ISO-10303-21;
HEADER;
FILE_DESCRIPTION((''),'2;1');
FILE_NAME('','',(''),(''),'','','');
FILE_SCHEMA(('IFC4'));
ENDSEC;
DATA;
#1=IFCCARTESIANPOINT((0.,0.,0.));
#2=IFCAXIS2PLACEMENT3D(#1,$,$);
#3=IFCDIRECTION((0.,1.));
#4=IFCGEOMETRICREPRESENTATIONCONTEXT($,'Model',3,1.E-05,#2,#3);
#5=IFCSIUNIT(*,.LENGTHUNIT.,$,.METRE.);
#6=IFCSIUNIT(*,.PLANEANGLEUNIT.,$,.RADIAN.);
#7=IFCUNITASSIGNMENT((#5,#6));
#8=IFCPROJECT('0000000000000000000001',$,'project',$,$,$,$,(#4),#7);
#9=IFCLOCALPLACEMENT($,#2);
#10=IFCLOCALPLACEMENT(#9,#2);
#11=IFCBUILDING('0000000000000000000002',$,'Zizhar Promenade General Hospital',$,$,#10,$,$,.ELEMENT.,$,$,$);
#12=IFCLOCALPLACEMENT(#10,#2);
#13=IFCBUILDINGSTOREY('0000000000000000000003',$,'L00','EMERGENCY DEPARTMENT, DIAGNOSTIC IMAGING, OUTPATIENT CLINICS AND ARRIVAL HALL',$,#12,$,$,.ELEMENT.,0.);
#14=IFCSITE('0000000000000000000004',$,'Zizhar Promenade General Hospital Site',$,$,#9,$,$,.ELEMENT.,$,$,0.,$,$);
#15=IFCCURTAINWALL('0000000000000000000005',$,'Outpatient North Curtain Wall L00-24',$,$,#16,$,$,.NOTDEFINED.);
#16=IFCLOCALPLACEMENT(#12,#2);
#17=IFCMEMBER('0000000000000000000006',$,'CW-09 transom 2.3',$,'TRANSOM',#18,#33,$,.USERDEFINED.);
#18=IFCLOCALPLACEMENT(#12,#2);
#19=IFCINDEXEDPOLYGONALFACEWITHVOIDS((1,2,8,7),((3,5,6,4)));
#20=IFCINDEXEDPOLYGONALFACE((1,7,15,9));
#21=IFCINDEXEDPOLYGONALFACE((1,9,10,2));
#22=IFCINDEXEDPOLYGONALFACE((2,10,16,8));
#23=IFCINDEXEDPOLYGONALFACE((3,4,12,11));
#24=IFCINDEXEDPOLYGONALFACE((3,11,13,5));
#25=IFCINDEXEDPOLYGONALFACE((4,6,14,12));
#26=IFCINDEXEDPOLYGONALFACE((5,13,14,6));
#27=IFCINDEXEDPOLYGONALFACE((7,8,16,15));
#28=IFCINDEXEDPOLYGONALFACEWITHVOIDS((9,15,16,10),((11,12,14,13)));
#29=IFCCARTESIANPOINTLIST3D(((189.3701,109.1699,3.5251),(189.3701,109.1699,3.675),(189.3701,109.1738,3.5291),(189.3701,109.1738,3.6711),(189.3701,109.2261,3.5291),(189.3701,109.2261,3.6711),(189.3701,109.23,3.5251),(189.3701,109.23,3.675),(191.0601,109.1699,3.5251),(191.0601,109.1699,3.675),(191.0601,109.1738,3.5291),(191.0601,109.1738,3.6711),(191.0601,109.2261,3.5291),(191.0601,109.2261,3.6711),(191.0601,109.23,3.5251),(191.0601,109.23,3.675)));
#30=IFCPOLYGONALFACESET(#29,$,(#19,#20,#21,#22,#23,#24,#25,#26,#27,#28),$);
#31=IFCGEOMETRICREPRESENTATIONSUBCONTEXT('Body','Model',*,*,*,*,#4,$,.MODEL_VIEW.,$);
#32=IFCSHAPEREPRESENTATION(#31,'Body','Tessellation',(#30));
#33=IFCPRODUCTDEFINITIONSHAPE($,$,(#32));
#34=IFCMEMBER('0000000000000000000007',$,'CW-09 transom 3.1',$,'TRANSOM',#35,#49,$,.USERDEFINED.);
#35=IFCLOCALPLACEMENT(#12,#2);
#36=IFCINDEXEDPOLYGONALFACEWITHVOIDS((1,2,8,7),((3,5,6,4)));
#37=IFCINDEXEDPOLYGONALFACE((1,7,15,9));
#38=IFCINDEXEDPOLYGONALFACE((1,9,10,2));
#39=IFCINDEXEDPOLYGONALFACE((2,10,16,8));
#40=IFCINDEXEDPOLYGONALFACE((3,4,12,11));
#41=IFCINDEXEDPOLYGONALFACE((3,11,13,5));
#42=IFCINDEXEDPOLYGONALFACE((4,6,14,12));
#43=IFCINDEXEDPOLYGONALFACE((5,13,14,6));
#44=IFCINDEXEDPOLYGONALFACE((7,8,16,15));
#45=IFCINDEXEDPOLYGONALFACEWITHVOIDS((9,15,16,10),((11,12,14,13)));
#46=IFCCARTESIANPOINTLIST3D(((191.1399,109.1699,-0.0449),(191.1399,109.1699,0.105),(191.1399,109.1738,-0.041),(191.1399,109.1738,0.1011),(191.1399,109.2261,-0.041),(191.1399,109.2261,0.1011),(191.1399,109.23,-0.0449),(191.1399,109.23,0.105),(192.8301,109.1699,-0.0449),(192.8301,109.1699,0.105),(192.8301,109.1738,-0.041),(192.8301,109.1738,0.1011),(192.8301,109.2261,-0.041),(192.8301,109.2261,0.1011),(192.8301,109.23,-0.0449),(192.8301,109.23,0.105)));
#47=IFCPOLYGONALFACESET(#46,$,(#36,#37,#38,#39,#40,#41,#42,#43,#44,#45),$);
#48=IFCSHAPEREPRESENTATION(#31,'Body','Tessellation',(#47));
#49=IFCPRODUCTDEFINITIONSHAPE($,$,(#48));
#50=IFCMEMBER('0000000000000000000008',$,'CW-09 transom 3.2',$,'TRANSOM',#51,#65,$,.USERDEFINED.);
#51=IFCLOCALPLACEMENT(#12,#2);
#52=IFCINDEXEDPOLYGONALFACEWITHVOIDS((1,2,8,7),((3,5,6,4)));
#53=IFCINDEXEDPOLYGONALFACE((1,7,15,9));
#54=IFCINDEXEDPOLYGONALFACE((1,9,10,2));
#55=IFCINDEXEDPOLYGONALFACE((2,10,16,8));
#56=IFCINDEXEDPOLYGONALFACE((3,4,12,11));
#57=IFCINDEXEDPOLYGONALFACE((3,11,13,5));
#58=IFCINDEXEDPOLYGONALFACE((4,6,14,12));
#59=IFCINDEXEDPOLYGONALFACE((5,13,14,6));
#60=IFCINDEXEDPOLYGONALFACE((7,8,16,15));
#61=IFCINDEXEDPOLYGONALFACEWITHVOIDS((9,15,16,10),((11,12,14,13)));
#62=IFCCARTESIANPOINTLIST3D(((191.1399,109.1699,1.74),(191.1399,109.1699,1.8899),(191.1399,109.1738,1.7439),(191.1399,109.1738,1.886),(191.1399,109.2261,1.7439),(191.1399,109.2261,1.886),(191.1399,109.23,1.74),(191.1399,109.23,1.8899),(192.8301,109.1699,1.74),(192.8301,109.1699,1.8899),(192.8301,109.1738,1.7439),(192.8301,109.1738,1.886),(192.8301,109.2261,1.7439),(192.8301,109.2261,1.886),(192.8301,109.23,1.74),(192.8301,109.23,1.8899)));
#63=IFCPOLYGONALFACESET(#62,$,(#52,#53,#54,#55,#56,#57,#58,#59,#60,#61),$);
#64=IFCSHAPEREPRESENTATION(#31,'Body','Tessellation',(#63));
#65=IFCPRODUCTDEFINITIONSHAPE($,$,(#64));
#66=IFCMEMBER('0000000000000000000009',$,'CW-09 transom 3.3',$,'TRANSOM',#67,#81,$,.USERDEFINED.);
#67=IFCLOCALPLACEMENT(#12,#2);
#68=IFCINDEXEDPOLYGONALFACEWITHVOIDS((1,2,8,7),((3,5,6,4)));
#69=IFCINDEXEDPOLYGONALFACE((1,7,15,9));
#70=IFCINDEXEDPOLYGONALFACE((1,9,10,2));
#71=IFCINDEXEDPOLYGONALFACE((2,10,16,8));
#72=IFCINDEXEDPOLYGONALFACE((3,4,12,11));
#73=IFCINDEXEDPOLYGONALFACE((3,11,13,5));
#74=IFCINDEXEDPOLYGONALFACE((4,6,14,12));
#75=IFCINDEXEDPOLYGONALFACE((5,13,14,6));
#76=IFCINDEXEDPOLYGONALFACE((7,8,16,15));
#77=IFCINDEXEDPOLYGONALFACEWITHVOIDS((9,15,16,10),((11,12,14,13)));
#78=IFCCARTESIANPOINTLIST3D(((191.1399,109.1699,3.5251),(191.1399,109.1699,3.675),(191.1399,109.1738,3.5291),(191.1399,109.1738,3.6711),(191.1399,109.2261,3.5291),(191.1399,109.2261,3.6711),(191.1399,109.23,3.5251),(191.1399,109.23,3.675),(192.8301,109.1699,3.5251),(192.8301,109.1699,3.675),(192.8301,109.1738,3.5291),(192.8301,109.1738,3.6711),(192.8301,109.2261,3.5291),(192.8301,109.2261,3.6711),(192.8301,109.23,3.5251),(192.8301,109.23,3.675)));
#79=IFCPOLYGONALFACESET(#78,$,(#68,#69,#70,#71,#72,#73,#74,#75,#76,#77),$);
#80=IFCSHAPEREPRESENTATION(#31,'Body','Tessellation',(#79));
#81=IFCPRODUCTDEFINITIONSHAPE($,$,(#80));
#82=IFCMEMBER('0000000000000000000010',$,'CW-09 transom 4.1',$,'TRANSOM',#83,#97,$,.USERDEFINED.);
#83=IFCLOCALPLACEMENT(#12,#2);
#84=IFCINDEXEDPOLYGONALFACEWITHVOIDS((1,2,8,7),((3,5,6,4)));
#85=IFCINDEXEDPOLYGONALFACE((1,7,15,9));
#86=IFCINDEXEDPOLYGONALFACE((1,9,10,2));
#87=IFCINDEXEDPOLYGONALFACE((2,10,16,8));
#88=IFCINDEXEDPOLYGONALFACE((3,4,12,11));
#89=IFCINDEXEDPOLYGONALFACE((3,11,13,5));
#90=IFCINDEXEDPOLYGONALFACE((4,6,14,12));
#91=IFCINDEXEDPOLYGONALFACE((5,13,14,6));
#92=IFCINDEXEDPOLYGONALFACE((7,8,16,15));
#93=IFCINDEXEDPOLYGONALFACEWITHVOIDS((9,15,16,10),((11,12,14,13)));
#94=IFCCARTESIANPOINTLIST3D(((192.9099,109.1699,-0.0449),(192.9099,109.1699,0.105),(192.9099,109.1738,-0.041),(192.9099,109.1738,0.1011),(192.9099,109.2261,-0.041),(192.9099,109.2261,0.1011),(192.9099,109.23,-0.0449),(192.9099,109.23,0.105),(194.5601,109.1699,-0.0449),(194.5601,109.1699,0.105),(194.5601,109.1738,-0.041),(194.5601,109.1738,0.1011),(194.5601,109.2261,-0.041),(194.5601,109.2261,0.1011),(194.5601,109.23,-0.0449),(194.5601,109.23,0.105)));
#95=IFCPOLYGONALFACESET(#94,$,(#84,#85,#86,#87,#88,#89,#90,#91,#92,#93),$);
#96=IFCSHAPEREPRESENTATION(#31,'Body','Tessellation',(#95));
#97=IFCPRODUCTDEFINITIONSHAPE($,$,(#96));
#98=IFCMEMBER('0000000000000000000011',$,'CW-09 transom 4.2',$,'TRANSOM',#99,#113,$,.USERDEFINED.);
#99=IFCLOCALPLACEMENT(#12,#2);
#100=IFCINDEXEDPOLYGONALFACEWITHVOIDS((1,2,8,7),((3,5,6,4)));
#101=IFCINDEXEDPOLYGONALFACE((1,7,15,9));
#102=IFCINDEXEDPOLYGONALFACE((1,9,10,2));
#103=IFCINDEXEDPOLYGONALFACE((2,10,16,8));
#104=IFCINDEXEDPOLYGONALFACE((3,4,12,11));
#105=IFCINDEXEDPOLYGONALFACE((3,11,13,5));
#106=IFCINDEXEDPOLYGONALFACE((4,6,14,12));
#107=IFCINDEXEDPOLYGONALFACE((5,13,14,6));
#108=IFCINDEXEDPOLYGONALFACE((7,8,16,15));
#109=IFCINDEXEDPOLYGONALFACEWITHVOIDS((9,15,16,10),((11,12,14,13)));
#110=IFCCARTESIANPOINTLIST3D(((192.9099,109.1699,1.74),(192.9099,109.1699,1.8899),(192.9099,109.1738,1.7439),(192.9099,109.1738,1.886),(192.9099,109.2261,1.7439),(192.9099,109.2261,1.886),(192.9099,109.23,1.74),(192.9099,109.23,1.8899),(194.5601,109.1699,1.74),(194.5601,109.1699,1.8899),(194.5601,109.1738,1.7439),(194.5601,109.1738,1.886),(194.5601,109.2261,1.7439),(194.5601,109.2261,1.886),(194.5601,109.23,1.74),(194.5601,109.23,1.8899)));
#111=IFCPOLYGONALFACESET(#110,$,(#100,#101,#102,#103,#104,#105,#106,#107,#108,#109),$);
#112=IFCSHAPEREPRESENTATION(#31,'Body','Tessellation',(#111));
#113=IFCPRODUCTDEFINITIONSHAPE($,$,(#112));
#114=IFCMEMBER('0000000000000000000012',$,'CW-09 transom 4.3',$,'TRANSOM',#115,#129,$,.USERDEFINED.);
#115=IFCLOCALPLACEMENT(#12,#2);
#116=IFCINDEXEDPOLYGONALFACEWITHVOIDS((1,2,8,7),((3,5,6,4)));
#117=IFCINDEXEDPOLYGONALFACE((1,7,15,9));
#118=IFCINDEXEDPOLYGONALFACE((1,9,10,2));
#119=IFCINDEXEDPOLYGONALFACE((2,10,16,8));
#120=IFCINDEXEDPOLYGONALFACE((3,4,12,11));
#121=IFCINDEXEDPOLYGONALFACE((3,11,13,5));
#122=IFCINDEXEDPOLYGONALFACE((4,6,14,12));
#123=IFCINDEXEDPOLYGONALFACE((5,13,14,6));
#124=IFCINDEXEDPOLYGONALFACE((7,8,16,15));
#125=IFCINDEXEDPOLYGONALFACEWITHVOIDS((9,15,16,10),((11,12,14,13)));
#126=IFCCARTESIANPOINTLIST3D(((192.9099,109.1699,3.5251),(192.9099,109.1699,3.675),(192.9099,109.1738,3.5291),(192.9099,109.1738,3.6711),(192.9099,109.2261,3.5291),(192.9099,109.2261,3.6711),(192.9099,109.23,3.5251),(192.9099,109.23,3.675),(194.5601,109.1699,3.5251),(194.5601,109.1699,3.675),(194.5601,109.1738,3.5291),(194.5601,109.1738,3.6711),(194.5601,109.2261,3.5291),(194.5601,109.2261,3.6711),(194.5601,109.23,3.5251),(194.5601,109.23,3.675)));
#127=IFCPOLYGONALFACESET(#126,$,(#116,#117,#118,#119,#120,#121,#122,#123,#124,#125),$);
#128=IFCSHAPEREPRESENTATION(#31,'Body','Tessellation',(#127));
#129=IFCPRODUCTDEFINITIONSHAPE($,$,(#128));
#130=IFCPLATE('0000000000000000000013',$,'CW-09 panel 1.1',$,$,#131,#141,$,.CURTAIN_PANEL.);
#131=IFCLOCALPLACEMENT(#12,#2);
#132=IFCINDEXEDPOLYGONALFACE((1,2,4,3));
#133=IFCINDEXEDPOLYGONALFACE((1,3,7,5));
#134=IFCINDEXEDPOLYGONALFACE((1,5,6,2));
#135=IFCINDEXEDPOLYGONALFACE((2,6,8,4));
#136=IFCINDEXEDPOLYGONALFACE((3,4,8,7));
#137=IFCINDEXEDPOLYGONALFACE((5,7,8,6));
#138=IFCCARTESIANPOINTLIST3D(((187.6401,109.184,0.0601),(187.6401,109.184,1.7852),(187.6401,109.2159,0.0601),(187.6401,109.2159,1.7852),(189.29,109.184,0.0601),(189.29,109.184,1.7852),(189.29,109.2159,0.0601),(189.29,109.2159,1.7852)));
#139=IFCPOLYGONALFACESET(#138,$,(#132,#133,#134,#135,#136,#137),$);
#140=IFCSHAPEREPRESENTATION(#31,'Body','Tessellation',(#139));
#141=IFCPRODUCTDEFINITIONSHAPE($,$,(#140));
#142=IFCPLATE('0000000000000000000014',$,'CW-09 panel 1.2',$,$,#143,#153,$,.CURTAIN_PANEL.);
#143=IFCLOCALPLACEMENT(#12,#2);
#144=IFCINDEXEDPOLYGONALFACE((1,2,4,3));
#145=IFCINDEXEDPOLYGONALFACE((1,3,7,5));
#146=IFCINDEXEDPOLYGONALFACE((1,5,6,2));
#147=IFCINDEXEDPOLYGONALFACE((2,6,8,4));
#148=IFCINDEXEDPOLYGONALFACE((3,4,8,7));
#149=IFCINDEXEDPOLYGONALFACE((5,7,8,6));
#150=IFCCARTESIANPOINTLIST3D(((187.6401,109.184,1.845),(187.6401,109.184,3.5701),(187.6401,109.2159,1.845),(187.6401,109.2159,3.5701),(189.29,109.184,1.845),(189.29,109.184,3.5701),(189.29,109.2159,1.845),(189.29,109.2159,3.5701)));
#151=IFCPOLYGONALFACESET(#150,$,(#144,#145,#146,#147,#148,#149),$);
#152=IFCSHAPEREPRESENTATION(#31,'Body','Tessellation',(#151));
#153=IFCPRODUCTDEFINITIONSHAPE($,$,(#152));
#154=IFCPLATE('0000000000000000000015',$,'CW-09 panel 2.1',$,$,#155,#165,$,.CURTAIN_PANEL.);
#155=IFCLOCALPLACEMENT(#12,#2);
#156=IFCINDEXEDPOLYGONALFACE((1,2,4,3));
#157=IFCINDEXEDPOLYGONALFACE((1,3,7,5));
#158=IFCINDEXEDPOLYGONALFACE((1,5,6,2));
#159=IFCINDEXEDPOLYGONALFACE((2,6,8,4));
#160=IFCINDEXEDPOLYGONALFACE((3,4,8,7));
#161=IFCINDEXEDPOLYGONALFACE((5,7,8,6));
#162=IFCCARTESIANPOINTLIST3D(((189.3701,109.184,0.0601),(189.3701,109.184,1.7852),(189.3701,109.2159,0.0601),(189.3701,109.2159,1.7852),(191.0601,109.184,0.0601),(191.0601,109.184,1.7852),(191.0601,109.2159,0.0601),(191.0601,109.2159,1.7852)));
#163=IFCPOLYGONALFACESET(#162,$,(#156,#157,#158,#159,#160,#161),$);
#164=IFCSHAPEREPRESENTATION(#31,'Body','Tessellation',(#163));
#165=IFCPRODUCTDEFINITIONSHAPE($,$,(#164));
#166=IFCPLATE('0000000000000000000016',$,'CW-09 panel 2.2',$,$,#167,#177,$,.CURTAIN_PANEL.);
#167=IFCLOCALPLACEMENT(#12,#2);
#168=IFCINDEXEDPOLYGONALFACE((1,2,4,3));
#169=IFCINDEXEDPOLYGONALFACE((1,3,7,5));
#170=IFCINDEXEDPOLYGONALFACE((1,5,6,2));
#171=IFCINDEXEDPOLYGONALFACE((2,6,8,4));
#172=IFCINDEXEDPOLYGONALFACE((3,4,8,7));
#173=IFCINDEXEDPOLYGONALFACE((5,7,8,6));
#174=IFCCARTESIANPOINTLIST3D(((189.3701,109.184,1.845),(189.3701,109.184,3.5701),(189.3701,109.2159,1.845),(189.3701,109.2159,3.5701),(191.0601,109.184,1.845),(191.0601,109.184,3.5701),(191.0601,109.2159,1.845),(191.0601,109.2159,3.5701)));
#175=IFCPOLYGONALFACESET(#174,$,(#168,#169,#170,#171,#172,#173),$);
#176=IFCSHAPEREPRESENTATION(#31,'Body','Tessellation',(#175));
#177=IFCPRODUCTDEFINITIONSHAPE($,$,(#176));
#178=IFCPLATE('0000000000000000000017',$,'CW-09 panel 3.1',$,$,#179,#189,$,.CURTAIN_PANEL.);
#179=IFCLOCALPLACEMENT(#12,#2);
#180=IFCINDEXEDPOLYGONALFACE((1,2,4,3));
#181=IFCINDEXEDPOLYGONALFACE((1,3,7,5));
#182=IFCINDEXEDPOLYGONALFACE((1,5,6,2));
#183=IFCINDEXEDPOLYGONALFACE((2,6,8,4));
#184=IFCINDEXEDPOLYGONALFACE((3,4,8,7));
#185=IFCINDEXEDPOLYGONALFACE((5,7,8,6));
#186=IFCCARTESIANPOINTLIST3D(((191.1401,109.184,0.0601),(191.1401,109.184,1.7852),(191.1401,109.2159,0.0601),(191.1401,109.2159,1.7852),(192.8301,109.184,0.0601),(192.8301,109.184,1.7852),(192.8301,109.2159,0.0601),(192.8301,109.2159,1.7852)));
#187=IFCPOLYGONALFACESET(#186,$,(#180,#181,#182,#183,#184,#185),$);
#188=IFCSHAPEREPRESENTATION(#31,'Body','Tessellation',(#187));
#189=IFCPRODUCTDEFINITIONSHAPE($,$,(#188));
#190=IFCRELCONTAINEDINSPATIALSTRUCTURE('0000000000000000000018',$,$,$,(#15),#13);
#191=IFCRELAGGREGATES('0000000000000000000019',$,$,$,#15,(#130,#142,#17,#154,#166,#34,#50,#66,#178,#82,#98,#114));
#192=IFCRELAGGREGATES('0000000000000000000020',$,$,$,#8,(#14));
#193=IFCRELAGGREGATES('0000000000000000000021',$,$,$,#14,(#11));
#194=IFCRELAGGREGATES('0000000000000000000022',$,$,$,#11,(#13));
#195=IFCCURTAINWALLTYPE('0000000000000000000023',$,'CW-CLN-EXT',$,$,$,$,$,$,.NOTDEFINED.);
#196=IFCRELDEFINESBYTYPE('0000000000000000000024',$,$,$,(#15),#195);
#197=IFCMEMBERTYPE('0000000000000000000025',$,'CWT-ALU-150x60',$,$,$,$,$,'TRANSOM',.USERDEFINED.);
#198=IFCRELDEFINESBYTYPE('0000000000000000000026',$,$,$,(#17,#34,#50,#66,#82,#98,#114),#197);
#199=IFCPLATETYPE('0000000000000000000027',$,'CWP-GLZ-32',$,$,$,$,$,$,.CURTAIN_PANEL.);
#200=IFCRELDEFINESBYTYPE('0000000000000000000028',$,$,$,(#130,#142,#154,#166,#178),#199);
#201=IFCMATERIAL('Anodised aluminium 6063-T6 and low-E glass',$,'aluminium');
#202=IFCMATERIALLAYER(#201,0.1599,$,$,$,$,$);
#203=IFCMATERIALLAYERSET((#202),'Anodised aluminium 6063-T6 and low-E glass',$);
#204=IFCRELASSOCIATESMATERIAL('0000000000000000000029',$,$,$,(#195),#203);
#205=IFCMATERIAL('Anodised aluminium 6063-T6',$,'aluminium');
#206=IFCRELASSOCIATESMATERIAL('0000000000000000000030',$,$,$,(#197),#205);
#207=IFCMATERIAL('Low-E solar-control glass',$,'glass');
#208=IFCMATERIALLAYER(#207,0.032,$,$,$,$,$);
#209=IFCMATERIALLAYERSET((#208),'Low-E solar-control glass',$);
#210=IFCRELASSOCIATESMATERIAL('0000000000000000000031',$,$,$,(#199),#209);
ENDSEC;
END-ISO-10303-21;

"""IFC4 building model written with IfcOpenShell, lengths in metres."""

from ifc_helpers import new_model, si_unit, direction, frame, origin, origin_2d, place, context, subcontext, project, spatial, rectangle, hollow_rectangle, extrude, material, layer, layer_set, material_profile, profile_set, type_object, element, aggregate, save


model = new_model("IFC4")

# Units and contexts
model_context = context("Model", 3, precision=1e-05, world=origin(), true_north=direction((0.0, 1.0)))
body_context = subcontext(model_context, "Body", "Model", "MODEL_VIEW")
ifc_project = project(units=[si_unit("LENGTHUNIT", "METRE"), si_unit("PLANEANGLEUNIT", "RADIAN")], contexts=[model_context])

# Site, building, storey
site_placement = place(None, origin())
site = spatial("IfcSite", under=ifc_project, at=site_placement, Name="Zizhar Promenade General Hospital Site", CompositionType="ELEMENT", RefElevation=0.0)
building_placement = place(site_placement, origin())
building = spatial("IfcBuilding", under=site, at=building_placement, Name="Zizhar Promenade General Hospital", CompositionType="ELEMENT")
storey_placement = place(building_placement, origin())
storey = spatial("IfcBuildingStorey", under=building, at=storey_placement, Name="L00", Description="EMERGENCY DEPARTMENT, DIAGNOSTIC IMAGING, OUTPATIENT CLINICS AND ARRIVAL HALL", CompositionType="ELEMENT", Elevation=0.0)

# Curtain wall, members, plates
ifc_material_1 = material(Name="Anodised aluminium 6063-T6 and low-E glass", Category="aluminium")
ifc_layer_1 = layer(ifc_material_1, 0.1599)
ifc_layer_set_1 = layer_set([ifc_layer_1], Name="Anodised aluminium 6063-T6 and low-E glass")
curtain_wall_type = type_object("IfcCurtainWallType", Name="CW-CLN-EXT", PredefinedType="NOTDEFINED", material=ifc_layer_set_1)
curtain_wall_placement = place(storey_placement, origin())
curtain_wall = element("IfcCurtainWall", 1, at=curtain_wall_placement, inside=storey, type_object=curtain_wall_type, Name="Outpatient North Curtain Wall L00-24", PredefinedType="NOTDEFINED")
ifc_material_2 = material(Name="Anodised aluminium 6063-T6", Category="aluminium")
ifc_material_profile_1 = material_profile(ifc_material_2, hollow_rectangle(XDim=0.0601, YDim=0.1499, WallThickness=0.0039, at=origin_2d()))
ifc_profile_set_1 = profile_set([ifc_material_profile_1], Name="Anodised aluminium 6063-T6")
member_type_1 = type_object("IfcMemberType", Name="CWT-ALU-150x60", ElementType="TRANSOM", PredefinedType="USERDEFINED", material=ifc_profile_set_1)
member_1_placement = place(storey_placement, frame((189.3701, 109.2, 3.6001), z_axis=(1.0, 0.0, 0.0), x_axis=(0.0, 1.0, 0.0)))
member_1 = element("IfcMember", 2, at=member_1_placement, type_object=member_type_1, Name="CW-09 transom 2.3", ObjectType="TRANSOM", PredefinedType="USERDEFINED", context=body_context, shape_type="SweptSolid", body=[
    extrude(hollow_rectangle(XDim=0.0601, YDim=0.1499, WallThickness=0.0039, at=origin_2d()), origin(), (0.0, 0.0, 1.0), 1.6899),
])
member_2_placement = place(storey_placement, frame((191.1399, 109.2, 0.03), z_axis=(1.0, 0.0, 0.0), x_axis=(0.0, 1.0, 0.0)))
member_2 = element("IfcMember", 3, at=member_2_placement, type_object=member_type_1, Name="CW-09 transom 3.1", ObjectType="TRANSOM", PredefinedType="USERDEFINED", context=body_context, shape_type="SweptSolid", body=[
    extrude(hollow_rectangle(XDim=0.0601, YDim=0.1499, WallThickness=0.0039, at=origin_2d()), origin(), (0.0, 0.0, 1.0), 1.6902),
])
member_3_placement = place(storey_placement, frame((191.1399, 109.2, 1.8149), z_axis=(1.0, 0.0, 0.0), x_axis=(0.0, 1.0, 0.0)))
member_3 = element("IfcMember", 4, at=member_3_placement, type_object=member_type_1, Name="CW-09 transom 3.2", ObjectType="TRANSOM", PredefinedType="USERDEFINED", context=body_context, shape_type="SweptSolid", body=[
    extrude(hollow_rectangle(XDim=0.0601, YDim=0.1499, WallThickness=0.0039, at=origin_2d()), origin(), (0.0, 0.0, 1.0), 1.6902),
])
member_4_placement = place(storey_placement, frame((191.1399, 109.2, 3.6001), z_axis=(1.0, 0.0, 0.0), x_axis=(0.0, 1.0, 0.0)))
member_4 = element("IfcMember", 5, at=member_4_placement, type_object=member_type_1, Name="CW-09 transom 3.3", ObjectType="TRANSOM", PredefinedType="USERDEFINED", context=body_context, shape_type="SweptSolid", body=[
    extrude(hollow_rectangle(XDim=0.0601, YDim=0.1499, WallThickness=0.0039, at=origin_2d()), origin(), (0.0, 0.0, 1.0), 1.6902),
])
member_5_placement = place(storey_placement, frame((192.9099, 109.2, 0.03), z_axis=(1.0, 0.0, 0.0), x_axis=(0.0, 1.0, 0.0)))
member_5 = element("IfcMember", 6, at=member_5_placement, type_object=member_type_1, Name="CW-09 transom 4.1", ObjectType="TRANSOM", PredefinedType="USERDEFINED", context=body_context, shape_type="SweptSolid", body=[
    extrude(hollow_rectangle(XDim=0.0601, YDim=0.1499, WallThickness=0.0039, at=origin_2d()), origin(), (0.0, 0.0, 1.0), 1.6501),
])
member_6_placement = place(storey_placement, frame((192.9099, 109.2, 1.8149), z_axis=(1.0, 0.0, 0.0), x_axis=(0.0, 1.0, 0.0)))
member_6 = element("IfcMember", 7, at=member_6_placement, type_object=member_type_1, Name="CW-09 transom 4.2", ObjectType="TRANSOM", PredefinedType="USERDEFINED", context=body_context, shape_type="SweptSolid", body=[
    extrude(hollow_rectangle(XDim=0.0601, YDim=0.1499, WallThickness=0.0039, at=origin_2d()), origin(), (0.0, 0.0, 1.0), 1.6501),
])
member_7_placement = place(storey_placement, frame((192.9099, 109.2, 3.6001), z_axis=(1.0, 0.0, 0.0), x_axis=(0.0, 1.0, 0.0)))
member_7 = element("IfcMember", 8, at=member_7_placement, type_object=member_type_1, Name="CW-09 transom 4.3", ObjectType="TRANSOM", PredefinedType="USERDEFINED", context=body_context, shape_type="SweptSolid", body=[
    extrude(hollow_rectangle(XDim=0.0601, YDim=0.1499, WallThickness=0.0039, at=origin_2d()), origin(), (0.0, 0.0, 1.0), 1.6501),
])
ifc_material_3 = material(Name="Low-E solar-control glass", Category="glass")
ifc_layer_2 = layer(ifc_material_3, 0.032)
ifc_layer_set_2 = layer_set([ifc_layer_2], Name="Low-E solar-control glass")
plate_type = type_object("IfcPlateType", Name="CWP-GLZ-32", PredefinedType="CURTAIN_PANEL", material=ifc_layer_set_2)
plate_1_placement = place(storey_placement, frame((188.4651, 109.2, 0.0601), z_axis=(0.0, 0.0, 1.0), x_axis=(1.0, 0.0, 0.0)))
plate_1 = element("IfcPlate", 9, at=plate_1_placement, type_object=plate_type, Name="CW-09 panel 1.1", PredefinedType="CURTAIN_PANEL", context=body_context, shape_type="SweptSolid", body=[
    extrude(rectangle(XDim=1.6499, YDim=0.032, at=origin_2d()), origin(), (0.0, 0.0, 1.0), 1.7251),
])
plate_2_placement = place(storey_placement, frame((188.4651, 109.2, 1.845), z_axis=(0.0, 0.0, 1.0), x_axis=(1.0, 0.0, 0.0)))
plate_2 = element("IfcPlate", 10, at=plate_2_placement, type_object=plate_type, Name="CW-09 panel 1.2", PredefinedType="CURTAIN_PANEL", context=body_context, shape_type="SweptSolid", body=[
    extrude(rectangle(XDim=1.6499, YDim=0.032, at=origin_2d()), origin(), (0.0, 0.0, 1.0), 1.7251),
])
plate_3_placement = place(storey_placement, frame((190.2151, 109.2, 0.0601), z_axis=(0.0, 0.0, 1.0), x_axis=(1.0, 0.0, 0.0)))
plate_3 = element("IfcPlate", 11, at=plate_3_placement, type_object=plate_type, Name="CW-09 panel 2.1", PredefinedType="CURTAIN_PANEL", context=body_context, shape_type="SweptSolid", body=[
    extrude(rectangle(XDim=1.6899, YDim=0.032, at=origin_2d()), origin(), (0.0, 0.0, 1.0), 1.7251),
])
plate_4_placement = place(storey_placement, frame((190.2151, 109.2, 1.845), z_axis=(0.0, 0.0, 1.0), x_axis=(1.0, 0.0, 0.0)))
plate_4 = element("IfcPlate", 12, at=plate_4_placement, type_object=plate_type, Name="CW-09 panel 2.2", PredefinedType="CURTAIN_PANEL", context=body_context, shape_type="SweptSolid", body=[
    extrude(rectangle(XDim=1.6899, YDim=0.032, at=origin_2d()), origin(), (0.0, 0.0, 1.0), 1.7251),
])
plate_5_placement = place(storey_placement, frame((191.9851, 109.2, 0.0601), z_axis=(0.0, 0.0, 1.0), x_axis=(1.0, 0.0, 0.0)))
plate_5 = element("IfcPlate", 13, at=plate_5_placement, type_object=plate_type, Name="CW-09 panel 3.1", PredefinedType="CURTAIN_PANEL", context=body_context, shape_type="SweptSolid", body=[
    extrude(rectangle(XDim=1.6899, YDim=0.032, at=origin_2d()), origin(), (0.0, 0.0, 1.0), 1.7251),
])
aggregate(curtain_wall, [plate_1, plate_2, member_1, plate_3, plate_4, member_2, member_3, member_4, plate_5, member_5, member_6, member_7])

save(model, "model.ifc")
